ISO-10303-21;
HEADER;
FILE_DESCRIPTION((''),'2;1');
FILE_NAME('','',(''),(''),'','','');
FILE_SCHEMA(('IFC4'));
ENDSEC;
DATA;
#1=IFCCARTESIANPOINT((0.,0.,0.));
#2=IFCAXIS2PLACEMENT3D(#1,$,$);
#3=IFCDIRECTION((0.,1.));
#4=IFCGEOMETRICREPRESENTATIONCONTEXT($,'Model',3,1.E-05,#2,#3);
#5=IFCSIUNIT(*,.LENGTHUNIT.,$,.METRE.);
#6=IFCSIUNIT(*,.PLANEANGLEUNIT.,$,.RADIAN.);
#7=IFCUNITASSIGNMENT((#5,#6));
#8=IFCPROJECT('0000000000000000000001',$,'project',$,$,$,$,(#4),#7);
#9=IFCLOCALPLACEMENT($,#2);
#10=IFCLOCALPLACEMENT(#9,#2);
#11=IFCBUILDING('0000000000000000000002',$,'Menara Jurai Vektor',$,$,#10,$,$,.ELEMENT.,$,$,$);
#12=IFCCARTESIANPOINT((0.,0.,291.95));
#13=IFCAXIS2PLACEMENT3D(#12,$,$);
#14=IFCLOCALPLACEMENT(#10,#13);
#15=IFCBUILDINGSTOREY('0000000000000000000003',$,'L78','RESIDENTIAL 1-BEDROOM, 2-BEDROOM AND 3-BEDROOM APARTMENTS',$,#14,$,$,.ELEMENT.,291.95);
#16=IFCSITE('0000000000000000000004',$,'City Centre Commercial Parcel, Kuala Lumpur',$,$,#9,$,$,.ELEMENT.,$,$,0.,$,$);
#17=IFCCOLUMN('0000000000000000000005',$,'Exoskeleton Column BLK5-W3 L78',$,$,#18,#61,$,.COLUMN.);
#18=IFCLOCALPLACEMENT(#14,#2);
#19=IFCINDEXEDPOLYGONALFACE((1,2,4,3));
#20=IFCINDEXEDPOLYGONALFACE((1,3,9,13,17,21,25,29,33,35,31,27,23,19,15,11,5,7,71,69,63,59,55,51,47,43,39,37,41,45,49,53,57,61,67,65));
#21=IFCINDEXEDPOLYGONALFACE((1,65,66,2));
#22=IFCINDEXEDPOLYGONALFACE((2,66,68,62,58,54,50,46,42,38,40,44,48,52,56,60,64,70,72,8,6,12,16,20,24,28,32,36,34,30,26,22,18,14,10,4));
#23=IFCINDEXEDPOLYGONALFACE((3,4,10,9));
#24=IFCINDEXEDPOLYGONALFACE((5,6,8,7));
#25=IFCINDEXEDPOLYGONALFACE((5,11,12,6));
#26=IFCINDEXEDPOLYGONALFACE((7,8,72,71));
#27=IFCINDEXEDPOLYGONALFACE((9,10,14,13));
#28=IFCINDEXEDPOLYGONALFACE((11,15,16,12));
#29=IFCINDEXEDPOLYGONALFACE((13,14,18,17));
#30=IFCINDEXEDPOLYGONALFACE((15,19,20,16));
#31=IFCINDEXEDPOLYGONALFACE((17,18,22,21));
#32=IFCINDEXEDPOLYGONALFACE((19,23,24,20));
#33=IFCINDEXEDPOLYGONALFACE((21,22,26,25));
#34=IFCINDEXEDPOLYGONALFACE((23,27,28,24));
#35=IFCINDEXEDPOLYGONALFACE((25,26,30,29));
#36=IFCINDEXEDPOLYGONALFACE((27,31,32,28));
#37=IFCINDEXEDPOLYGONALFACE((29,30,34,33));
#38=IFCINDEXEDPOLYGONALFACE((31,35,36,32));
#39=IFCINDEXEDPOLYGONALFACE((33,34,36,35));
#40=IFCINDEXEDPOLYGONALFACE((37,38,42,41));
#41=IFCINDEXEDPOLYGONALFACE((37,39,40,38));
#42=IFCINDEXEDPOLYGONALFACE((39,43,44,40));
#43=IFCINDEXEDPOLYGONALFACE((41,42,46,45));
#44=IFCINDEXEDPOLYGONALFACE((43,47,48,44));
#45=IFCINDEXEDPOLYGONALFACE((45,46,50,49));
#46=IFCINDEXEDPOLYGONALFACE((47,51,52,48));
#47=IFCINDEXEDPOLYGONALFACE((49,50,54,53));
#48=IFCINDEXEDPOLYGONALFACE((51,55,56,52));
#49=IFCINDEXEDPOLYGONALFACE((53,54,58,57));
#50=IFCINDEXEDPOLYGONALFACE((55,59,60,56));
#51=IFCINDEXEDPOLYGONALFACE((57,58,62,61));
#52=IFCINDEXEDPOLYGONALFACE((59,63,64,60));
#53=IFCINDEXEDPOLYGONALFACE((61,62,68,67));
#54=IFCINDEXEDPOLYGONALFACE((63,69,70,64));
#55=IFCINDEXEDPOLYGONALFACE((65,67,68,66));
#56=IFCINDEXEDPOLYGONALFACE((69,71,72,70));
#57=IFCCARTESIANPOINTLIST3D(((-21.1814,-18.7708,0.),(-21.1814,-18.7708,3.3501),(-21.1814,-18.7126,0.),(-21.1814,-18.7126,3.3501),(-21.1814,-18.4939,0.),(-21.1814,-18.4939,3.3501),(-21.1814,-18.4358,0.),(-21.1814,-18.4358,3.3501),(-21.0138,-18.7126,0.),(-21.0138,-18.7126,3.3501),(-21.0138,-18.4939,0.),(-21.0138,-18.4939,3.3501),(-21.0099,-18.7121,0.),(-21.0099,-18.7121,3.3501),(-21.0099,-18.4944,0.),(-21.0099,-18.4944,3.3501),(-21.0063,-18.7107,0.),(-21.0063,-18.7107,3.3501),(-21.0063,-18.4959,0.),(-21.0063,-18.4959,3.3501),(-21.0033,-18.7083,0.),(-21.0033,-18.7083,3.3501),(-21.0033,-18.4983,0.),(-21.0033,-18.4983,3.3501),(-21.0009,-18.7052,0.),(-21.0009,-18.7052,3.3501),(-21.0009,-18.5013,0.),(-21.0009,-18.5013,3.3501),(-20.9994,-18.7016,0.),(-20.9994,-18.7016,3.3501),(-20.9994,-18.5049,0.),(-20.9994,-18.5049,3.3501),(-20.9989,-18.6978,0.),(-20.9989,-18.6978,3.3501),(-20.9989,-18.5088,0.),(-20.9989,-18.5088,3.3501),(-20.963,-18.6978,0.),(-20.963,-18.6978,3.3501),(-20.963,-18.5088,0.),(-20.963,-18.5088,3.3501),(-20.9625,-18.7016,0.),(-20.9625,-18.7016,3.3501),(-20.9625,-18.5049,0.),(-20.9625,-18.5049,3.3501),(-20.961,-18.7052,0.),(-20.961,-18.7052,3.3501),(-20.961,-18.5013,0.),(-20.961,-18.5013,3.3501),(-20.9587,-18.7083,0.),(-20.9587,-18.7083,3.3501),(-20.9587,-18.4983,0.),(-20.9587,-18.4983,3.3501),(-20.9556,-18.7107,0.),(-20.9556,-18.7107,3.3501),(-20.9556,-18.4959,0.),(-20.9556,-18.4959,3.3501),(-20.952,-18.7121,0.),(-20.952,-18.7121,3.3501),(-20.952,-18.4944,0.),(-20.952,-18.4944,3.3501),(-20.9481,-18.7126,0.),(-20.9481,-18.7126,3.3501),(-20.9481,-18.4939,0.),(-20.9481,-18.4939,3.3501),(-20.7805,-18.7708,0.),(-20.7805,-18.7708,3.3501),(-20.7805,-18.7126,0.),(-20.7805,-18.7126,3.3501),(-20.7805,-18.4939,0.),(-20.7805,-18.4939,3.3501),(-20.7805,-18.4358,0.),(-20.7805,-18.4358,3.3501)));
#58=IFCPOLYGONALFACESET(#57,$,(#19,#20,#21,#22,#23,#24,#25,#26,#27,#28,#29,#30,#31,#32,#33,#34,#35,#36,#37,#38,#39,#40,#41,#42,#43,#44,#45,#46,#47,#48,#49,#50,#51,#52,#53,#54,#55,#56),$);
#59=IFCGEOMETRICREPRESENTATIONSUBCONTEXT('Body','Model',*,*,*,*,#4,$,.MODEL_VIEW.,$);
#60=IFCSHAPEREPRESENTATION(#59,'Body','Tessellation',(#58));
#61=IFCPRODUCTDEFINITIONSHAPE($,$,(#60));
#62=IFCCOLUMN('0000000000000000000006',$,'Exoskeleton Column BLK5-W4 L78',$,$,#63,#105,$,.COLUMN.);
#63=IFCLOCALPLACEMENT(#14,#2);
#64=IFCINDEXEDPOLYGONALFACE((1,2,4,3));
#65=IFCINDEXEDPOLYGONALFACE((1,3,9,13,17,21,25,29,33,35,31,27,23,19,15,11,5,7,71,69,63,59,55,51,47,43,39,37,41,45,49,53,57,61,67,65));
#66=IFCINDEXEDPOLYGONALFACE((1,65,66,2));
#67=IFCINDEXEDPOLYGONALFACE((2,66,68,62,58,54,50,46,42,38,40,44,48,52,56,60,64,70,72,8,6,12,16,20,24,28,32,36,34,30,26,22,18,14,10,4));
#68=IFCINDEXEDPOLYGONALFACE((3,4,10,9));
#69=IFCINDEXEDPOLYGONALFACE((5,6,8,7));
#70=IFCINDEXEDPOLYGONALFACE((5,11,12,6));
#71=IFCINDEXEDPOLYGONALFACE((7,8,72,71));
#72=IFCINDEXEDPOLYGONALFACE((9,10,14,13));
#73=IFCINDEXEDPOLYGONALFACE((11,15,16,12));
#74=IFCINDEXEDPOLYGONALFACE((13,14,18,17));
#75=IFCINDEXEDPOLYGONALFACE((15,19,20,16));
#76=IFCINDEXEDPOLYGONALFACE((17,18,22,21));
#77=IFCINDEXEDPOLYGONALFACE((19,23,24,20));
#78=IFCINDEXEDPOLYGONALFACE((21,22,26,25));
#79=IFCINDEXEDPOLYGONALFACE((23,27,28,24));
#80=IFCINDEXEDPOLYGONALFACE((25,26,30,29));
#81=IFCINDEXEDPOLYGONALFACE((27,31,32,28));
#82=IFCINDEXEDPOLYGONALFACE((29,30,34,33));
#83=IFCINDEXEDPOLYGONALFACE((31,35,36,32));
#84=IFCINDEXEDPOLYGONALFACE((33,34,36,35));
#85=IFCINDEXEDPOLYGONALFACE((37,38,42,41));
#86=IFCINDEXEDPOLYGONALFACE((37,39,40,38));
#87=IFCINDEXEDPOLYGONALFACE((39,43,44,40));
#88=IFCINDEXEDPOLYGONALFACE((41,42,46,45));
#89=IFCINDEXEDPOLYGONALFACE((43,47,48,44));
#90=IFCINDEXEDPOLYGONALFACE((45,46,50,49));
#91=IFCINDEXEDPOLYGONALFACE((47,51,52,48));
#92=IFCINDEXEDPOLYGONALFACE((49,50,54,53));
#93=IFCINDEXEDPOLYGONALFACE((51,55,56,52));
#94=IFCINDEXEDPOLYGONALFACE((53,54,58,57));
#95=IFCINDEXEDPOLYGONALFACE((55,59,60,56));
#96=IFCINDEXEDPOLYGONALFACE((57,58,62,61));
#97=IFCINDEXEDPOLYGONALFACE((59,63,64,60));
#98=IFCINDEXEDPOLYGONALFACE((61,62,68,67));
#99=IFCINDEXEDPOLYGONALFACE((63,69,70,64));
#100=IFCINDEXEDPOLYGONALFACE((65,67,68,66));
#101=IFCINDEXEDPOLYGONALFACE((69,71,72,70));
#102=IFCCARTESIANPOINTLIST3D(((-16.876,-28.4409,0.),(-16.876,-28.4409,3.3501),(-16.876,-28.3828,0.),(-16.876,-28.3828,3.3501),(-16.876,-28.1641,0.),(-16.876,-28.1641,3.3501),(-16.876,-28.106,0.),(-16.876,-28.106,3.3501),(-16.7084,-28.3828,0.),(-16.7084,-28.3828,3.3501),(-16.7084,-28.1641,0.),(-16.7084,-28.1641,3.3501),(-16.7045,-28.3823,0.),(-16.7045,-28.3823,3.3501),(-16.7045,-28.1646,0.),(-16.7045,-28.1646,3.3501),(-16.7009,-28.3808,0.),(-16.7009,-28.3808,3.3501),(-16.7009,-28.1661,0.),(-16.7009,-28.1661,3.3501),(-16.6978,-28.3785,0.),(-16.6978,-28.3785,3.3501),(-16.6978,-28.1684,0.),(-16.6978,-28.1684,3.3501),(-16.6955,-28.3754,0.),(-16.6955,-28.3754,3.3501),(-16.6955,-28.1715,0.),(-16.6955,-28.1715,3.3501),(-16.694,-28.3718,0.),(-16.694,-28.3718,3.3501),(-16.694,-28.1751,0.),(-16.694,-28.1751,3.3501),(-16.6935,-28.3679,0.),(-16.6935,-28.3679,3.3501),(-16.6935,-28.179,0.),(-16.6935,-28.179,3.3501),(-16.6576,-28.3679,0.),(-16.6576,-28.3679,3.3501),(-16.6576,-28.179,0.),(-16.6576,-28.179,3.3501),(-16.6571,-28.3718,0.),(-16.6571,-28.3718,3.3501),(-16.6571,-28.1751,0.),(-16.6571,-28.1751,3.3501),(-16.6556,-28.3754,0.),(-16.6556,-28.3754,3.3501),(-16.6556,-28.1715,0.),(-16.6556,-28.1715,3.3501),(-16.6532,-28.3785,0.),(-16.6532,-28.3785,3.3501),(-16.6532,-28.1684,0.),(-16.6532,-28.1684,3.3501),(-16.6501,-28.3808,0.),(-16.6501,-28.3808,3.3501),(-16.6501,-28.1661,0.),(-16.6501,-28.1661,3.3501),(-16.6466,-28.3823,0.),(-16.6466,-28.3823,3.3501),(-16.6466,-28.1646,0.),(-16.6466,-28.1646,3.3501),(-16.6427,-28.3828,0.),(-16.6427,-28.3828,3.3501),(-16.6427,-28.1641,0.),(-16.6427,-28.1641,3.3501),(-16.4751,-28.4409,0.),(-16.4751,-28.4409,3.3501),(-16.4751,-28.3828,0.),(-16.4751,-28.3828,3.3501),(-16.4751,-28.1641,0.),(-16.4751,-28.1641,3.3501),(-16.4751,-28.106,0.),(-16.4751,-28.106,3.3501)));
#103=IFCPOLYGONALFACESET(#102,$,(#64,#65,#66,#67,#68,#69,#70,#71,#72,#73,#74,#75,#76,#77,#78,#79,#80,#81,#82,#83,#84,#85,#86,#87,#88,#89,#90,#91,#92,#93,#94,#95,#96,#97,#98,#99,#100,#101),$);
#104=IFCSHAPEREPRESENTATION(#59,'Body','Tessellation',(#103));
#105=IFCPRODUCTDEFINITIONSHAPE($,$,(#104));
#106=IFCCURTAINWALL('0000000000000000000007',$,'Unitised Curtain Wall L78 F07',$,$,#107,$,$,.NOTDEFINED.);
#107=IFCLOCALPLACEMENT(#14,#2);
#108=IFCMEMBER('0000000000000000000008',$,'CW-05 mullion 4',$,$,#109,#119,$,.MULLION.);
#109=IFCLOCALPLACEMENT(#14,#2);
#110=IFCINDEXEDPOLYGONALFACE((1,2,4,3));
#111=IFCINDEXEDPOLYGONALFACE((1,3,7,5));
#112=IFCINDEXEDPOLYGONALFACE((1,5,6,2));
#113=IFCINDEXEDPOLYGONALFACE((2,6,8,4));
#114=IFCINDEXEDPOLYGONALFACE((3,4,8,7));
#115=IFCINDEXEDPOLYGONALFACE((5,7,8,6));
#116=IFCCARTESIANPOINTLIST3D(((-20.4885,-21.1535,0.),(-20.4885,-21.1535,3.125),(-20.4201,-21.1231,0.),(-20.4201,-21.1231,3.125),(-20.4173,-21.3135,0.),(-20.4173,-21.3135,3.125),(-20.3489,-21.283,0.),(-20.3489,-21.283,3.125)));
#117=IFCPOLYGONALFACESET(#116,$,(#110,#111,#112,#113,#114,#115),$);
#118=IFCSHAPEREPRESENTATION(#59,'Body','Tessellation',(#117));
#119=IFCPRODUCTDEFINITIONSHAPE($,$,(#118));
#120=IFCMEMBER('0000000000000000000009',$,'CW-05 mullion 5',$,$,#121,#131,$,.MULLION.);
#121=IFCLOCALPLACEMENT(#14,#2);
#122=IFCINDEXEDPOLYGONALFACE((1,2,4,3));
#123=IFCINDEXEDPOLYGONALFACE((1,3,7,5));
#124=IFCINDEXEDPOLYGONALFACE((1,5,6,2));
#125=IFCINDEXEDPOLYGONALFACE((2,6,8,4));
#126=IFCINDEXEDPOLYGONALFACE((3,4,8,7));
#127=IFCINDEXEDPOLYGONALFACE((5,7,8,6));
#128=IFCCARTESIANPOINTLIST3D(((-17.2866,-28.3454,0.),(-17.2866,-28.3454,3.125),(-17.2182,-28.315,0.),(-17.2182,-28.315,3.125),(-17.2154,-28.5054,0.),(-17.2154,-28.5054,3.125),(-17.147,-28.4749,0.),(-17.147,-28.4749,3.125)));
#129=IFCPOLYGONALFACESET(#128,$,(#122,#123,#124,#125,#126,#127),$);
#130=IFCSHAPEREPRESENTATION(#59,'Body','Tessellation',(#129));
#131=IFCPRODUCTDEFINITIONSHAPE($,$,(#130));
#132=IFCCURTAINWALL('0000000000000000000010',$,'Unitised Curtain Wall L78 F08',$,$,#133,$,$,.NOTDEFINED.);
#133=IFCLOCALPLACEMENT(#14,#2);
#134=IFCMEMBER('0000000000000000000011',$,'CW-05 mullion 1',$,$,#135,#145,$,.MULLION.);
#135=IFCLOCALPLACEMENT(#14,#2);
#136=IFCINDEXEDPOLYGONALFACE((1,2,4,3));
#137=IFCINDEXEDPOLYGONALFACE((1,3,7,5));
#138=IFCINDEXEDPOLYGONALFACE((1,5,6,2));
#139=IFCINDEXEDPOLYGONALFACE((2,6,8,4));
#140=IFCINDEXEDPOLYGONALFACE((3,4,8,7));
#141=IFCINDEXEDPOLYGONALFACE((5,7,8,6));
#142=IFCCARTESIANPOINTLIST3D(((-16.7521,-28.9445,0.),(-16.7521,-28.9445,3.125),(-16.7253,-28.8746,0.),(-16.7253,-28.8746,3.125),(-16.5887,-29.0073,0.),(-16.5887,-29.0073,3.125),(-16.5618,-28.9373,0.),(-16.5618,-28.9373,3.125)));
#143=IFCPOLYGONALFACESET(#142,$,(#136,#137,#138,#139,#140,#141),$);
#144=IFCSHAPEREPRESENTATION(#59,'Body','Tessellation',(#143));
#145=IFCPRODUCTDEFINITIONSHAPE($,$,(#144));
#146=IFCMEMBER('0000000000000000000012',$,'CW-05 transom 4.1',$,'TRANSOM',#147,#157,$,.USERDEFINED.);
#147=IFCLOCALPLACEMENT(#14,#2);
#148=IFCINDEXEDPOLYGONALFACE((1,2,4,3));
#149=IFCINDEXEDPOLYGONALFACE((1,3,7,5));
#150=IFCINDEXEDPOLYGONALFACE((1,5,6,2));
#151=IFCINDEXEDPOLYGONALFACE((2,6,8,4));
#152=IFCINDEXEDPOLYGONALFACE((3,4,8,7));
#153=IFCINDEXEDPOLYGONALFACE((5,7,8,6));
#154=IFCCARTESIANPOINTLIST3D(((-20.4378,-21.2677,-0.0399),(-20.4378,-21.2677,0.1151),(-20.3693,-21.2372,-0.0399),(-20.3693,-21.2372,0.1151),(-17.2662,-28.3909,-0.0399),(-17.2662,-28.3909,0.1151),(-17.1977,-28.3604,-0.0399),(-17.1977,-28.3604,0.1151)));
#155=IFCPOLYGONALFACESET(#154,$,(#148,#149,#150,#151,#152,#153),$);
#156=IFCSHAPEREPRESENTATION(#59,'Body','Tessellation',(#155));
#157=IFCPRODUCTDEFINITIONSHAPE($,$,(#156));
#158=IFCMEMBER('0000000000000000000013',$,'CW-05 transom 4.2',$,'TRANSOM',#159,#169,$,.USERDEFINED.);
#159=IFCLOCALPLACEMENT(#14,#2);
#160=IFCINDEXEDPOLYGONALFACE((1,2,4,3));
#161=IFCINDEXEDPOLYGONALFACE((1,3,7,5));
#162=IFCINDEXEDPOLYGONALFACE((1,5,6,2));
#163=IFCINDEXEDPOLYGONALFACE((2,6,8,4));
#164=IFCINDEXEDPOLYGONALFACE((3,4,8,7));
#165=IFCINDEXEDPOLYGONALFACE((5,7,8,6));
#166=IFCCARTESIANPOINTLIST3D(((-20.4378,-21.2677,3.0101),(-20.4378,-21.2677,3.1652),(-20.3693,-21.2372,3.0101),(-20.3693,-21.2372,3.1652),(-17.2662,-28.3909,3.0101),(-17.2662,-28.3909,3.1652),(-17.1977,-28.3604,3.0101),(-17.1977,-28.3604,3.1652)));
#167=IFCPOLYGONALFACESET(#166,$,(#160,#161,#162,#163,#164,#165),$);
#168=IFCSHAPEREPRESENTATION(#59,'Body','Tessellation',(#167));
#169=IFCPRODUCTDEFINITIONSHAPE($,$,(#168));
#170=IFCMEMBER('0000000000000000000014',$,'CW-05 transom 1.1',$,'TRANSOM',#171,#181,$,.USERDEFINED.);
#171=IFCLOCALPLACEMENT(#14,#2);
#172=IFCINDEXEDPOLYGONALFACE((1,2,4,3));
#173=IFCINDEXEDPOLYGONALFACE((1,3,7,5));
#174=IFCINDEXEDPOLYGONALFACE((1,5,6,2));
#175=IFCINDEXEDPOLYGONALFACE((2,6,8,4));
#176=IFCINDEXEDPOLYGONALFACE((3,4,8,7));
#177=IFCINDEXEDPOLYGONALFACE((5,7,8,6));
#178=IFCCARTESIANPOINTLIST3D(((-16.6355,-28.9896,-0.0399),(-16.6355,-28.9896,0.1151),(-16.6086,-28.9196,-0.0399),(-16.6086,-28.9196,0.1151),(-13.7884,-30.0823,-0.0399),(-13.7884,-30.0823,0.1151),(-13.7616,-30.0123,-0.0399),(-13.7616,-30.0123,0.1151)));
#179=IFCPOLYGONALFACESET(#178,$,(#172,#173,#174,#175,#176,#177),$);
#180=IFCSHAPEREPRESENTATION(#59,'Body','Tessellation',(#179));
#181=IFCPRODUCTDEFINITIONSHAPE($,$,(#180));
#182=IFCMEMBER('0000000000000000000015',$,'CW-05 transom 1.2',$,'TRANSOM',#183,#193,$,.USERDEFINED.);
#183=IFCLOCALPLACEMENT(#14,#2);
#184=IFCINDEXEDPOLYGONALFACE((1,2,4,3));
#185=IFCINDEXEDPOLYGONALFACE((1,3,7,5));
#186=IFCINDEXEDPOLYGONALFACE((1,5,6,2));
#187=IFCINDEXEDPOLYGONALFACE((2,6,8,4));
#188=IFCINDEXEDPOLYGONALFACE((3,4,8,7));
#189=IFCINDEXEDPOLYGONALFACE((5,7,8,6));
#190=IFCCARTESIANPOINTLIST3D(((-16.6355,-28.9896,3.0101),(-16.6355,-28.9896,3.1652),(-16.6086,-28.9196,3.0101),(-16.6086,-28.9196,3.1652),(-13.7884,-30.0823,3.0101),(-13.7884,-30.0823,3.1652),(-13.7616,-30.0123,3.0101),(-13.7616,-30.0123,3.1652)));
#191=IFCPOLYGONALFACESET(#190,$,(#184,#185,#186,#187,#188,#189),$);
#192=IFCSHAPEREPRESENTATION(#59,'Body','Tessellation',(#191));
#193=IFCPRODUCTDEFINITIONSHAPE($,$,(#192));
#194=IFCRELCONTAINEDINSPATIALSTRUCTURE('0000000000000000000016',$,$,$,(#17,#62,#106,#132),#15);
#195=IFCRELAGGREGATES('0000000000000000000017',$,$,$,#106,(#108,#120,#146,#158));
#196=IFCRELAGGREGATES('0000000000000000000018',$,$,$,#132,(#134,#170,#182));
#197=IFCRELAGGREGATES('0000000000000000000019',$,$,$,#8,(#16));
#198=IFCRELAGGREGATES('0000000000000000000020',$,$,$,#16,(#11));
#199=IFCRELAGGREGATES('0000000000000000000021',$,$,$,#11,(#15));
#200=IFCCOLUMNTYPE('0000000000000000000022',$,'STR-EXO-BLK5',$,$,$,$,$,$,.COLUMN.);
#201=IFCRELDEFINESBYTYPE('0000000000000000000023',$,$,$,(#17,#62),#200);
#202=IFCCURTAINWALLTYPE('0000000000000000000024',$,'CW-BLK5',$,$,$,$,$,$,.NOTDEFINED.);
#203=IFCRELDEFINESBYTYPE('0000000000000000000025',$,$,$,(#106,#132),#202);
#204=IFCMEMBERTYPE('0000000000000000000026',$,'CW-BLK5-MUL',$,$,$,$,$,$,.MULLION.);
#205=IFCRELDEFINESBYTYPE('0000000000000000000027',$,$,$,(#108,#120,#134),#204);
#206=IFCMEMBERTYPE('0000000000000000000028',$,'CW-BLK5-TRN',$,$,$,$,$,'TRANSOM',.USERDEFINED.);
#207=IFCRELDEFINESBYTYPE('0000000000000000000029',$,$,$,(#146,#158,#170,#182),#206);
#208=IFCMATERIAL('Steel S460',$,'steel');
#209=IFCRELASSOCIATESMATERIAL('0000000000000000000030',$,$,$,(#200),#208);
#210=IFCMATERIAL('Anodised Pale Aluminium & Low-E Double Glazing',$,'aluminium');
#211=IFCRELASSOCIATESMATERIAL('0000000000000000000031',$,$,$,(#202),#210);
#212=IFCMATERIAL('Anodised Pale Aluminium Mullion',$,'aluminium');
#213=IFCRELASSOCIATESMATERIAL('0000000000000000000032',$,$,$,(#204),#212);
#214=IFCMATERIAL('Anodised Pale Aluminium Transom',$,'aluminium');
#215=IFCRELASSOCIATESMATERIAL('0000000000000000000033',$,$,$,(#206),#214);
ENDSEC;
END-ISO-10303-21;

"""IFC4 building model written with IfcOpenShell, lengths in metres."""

from ifc_helpers import new_model, si_unit, direction, frame, origin, origin_2d, place, context, subcontext, project, spatial, rectangle, i_section, extrude, material, material_profile, profile_set, type_object, element, aggregate, save


model = new_model("IFC4")

# Units and contexts
model_context = context("Model", 3, precision=1e-05, world=origin(), true_north=direction((0.0, 1.0)))
body_context = subcontext(model_context, "Body", "Model", "MODEL_VIEW")
ifc_project = project(units=[si_unit("LENGTHUNIT", "METRE"), si_unit("PLANEANGLEUNIT", "RADIAN")], contexts=[model_context])

# Site, building, storey
site_placement = place(None, origin())
site = spatial("IfcSite", under=ifc_project, at=site_placement, Name="City Centre Commercial Parcel, Kuala Lumpur", CompositionType="ELEMENT", RefElevation=0.0)
building_placement = place(site_placement, origin())
building = spatial("IfcBuilding", under=site, at=building_placement, Name="Menara Jurai Vektor", CompositionType="ELEMENT")
storey_placement = place(building_placement, frame((0.0, 0.0, 291.95)))
storey = spatial("IfcBuildingStorey", under=building, at=storey_placement, Name="L78", Description="RESIDENTIAL 1-BEDROOM, 2-BEDROOM AND 3-BEDROOM APARTMENTS", CompositionType="ELEMENT", Elevation=291.95)

# Columns
ifc_material_1 = material(Name="Steel S460", Category="steel")
ifc_material_profile_1 = material_profile(ifc_material_1, i_section(OverallWidth=0.4009, OverallDepth=0.335, WebThickness=0.0359, FlangeThickness=0.0581, FilletRadius=0.0149, at=origin_2d()), Name="HD 400x463")
ifc_profile_set_1 = profile_set([ifc_material_profile_1], Name="Steel S460")
column_type = type_object("IfcColumnType", Name="STR-EXO-BLK5", PredefinedType="COLUMN", material=ifc_profile_set_1)
for number, where, z_axis, x_axis, name in (
    (1, (-20.981, -18.6033, 0.0), (0.0, 0.0, 1.0), (1.0, 0.0, 0.0), "Exoskeleton Column BLK5-W3 L78"),
    (2, (-16.6755, -28.2734, 0.0), (0.0, 0.0, 1.0), (1.0, 0.0, 0.0), "Exoskeleton Column BLK5-W4 L78"),
):
    element("IfcColumn", number, at=place(storey_placement, frame(where, z_axis=z_axis, x_axis=x_axis)), inside=storey, type_object=column_type, Name=name, PredefinedType="COLUMN", context=body_context, shape_type="SweptSolid", body=[
        extrude(i_section(OverallWidth=0.4009, OverallDepth=0.335, WebThickness=0.0359, FlangeThickness=0.0581, FilletRadius=0.0149, at=origin_2d()), origin(), (0.0, 0.0, 1.0), 3.3501),
    ])

# Curtain wall, members
ifc_material_2 = material(Name="Anodised Pale Aluminium & Low-E Double Glazing", Category="aluminium")
curtain_wall_type = type_object("IfcCurtainWallType", Name="CW-BLK5", PredefinedType="NOTDEFINED", material=ifc_material_2)
curtain_wall_1_placement = place(storey_placement, origin())
curtain_wall_1 = element("IfcCurtainWall", 3, at=curtain_wall_1_placement, inside=storey, type_object=curtain_wall_type, Name="Unitised Curtain Wall L78 F07", PredefinedType="NOTDEFINED")
ifc_material_3 = material(Name="Anodised Pale Aluminium Mullion", Category="aluminium")
ifc_material_profile_2 = material_profile(ifc_material_3, rectangle(XDim=0.075, YDim=0.175, at=origin_2d()), Name="ALU MUL 75x175")
ifc_profile_set_2 = profile_set([ifc_material_profile_2], Name="Anodised Pale Aluminium Mullion")
member_type_1 = type_object("IfcMemberType", Name="CW-BLK5-MUL", PredefinedType="MULLION", material=ifc_profile_set_2)
member_1_placement = place(storey_placement, frame((-20.4187, -21.2183, 0.0), z_axis=(0.0, 0.0, 1.0), x_axis=(0.913546, 0.406735, 0.0)))
member_1 = element("IfcMember", 4, at=member_1_placement, type_object=member_type_1, Name="CW-05 mullion 4", PredefinedType="MULLION", context=body_context, shape_type="SweptSolid", body=[
    extrude(rectangle(XDim=0.075, YDim=0.175, at=origin_2d()), origin(), (0.0, 0.0, 1.0), 3.125),
])
member_2_placement = place(storey_placement, frame((-17.2168, -28.4102, 0.0), z_axis=(0.0, 0.0, 1.0), x_axis=(0.913546, 0.406735, 0.0)))
member_2 = element("IfcMember", 5, at=member_2_placement, type_object=member_type_1, Name="CW-05 mullion 5", PredefinedType="MULLION", context=body_context, shape_type="SweptSolid", body=[
    extrude(rectangle(XDim=0.075, YDim=0.175, at=origin_2d()), origin(), (0.0, 0.0, 1.0), 3.125),
])

# Curtain wall, member
curtain_wall_2_placement = place(storey_placement, origin())
curtain_wall_2 = element("IfcCurtainWall", 6, at=curtain_wall_2_placement, inside=storey, type_object=curtain_wall_type, Name="Unitised Curtain Wall L78 F08", PredefinedType="NOTDEFINED")
member_3_placement = place(storey_placement, frame((-16.657, -28.9409, 0.0), z_axis=(0.0, 0.0, 1.0), x_axis=(0.358374, 0.933578, 0.0)))
member_3 = element("IfcMember", 7, at=member_3_placement, type_object=member_type_1, Name="CW-05 mullion 1", PredefinedType="MULLION", context=body_context, shape_type="SweptSolid", body=[
    extrude(rectangle(XDim=0.075, YDim=0.175, at=origin_2d()), origin(), (0.0, 0.0, 1.0), 3.125),
])

# Members
ifc_material_4 = material(Name="Anodised Pale Aluminium Transom", Category="aluminium")
ifc_material_profile_3 = material_profile(ifc_material_4, rectangle(XDim=0.075, YDim=0.155, at=origin_2d()), Name="ALU TRN 75x155")
ifc_profile_set_3 = profile_set([ifc_material_profile_3], Name="Anodised Pale Aluminium Transom")
member_type_2 = type_object("IfcMemberType", Name="CW-BLK5-TRN", ElementType="TRANSOM", PredefinedType="USERDEFINED", material=ifc_profile_set_3)
member_4_placement = place(storey_placement, frame((-20.4036, -21.2524, 0.0376), z_axis=(0.406751, -0.913539, 0.0), x_axis=(0.913539, 0.406751, 0.0)))
member_4 = element("IfcMember", 8, at=member_4_placement, type_object=member_type_2, Name="CW-05 transom 4.1", ObjectType="TRANSOM", PredefinedType="USERDEFINED", context=body_context, shape_type="SweptSolid", body=[
    extrude(rectangle(XDim=0.075, YDim=0.155, at=origin_2d()), origin(), (0.0, 0.0, 1.0), 7.7974),
])
member_5_placement = place(storey_placement, frame((-20.4036, -21.2524, 3.0876), z_axis=(0.406751, -0.913539, 0.0), x_axis=(0.913539, 0.406751, 0.0)))
member_5 = element("IfcMember", 9, at=member_5_placement, type_object=member_type_2, Name="CW-05 transom 4.2", ObjectType="TRANSOM", PredefinedType="USERDEFINED", context=body_context, shape_type="SweptSolid", body=[
    extrude(rectangle(XDim=0.075, YDim=0.155, at=origin_2d()), origin(), (0.0, 0.0, 1.0), 7.7974),
])
member_6_placement = place(storey_placement, frame((-16.6221, -28.9546, 0.0376), z_axis=(0.933597, -0.358325, 0.0), x_axis=(0.358325, 0.933597, 0.0)))
member_6 = element("IfcMember", 10, at=member_6_placement, type_object=member_type_2, Name="CW-05 transom 1.1", ObjectType="TRANSOM", PredefinedType="USERDEFINED", context=body_context, shape_type="SweptSolid", body=[
    extrude(rectangle(XDim=0.075, YDim=0.155, at=origin_2d()), origin(), (0.0, 0.0, 1.0), 3.0496),
])
member_7_placement = place(storey_placement, frame((-16.6221, -28.9546, 3.0876), z_axis=(0.933597, -0.358325, 0.0), x_axis=(0.358325, 0.933597, 0.0)))
member_7 = element("IfcMember", 11, at=member_7_placement, type_object=member_type_2, Name="CW-05 transom 1.2", ObjectType="TRANSOM", PredefinedType="USERDEFINED", context=body_context, shape_type="SweptSolid", body=[
    extrude(rectangle(XDim=0.075, YDim=0.155, at=origin_2d()), origin(), (0.0, 0.0, 1.0), 3.0496),
])

aggregate(curtain_wall_1, [member_1, member_2, member_4, member_5])
aggregate(curtain_wall_2, [member_3, member_6, member_7])

save(model, "model.ifc")
